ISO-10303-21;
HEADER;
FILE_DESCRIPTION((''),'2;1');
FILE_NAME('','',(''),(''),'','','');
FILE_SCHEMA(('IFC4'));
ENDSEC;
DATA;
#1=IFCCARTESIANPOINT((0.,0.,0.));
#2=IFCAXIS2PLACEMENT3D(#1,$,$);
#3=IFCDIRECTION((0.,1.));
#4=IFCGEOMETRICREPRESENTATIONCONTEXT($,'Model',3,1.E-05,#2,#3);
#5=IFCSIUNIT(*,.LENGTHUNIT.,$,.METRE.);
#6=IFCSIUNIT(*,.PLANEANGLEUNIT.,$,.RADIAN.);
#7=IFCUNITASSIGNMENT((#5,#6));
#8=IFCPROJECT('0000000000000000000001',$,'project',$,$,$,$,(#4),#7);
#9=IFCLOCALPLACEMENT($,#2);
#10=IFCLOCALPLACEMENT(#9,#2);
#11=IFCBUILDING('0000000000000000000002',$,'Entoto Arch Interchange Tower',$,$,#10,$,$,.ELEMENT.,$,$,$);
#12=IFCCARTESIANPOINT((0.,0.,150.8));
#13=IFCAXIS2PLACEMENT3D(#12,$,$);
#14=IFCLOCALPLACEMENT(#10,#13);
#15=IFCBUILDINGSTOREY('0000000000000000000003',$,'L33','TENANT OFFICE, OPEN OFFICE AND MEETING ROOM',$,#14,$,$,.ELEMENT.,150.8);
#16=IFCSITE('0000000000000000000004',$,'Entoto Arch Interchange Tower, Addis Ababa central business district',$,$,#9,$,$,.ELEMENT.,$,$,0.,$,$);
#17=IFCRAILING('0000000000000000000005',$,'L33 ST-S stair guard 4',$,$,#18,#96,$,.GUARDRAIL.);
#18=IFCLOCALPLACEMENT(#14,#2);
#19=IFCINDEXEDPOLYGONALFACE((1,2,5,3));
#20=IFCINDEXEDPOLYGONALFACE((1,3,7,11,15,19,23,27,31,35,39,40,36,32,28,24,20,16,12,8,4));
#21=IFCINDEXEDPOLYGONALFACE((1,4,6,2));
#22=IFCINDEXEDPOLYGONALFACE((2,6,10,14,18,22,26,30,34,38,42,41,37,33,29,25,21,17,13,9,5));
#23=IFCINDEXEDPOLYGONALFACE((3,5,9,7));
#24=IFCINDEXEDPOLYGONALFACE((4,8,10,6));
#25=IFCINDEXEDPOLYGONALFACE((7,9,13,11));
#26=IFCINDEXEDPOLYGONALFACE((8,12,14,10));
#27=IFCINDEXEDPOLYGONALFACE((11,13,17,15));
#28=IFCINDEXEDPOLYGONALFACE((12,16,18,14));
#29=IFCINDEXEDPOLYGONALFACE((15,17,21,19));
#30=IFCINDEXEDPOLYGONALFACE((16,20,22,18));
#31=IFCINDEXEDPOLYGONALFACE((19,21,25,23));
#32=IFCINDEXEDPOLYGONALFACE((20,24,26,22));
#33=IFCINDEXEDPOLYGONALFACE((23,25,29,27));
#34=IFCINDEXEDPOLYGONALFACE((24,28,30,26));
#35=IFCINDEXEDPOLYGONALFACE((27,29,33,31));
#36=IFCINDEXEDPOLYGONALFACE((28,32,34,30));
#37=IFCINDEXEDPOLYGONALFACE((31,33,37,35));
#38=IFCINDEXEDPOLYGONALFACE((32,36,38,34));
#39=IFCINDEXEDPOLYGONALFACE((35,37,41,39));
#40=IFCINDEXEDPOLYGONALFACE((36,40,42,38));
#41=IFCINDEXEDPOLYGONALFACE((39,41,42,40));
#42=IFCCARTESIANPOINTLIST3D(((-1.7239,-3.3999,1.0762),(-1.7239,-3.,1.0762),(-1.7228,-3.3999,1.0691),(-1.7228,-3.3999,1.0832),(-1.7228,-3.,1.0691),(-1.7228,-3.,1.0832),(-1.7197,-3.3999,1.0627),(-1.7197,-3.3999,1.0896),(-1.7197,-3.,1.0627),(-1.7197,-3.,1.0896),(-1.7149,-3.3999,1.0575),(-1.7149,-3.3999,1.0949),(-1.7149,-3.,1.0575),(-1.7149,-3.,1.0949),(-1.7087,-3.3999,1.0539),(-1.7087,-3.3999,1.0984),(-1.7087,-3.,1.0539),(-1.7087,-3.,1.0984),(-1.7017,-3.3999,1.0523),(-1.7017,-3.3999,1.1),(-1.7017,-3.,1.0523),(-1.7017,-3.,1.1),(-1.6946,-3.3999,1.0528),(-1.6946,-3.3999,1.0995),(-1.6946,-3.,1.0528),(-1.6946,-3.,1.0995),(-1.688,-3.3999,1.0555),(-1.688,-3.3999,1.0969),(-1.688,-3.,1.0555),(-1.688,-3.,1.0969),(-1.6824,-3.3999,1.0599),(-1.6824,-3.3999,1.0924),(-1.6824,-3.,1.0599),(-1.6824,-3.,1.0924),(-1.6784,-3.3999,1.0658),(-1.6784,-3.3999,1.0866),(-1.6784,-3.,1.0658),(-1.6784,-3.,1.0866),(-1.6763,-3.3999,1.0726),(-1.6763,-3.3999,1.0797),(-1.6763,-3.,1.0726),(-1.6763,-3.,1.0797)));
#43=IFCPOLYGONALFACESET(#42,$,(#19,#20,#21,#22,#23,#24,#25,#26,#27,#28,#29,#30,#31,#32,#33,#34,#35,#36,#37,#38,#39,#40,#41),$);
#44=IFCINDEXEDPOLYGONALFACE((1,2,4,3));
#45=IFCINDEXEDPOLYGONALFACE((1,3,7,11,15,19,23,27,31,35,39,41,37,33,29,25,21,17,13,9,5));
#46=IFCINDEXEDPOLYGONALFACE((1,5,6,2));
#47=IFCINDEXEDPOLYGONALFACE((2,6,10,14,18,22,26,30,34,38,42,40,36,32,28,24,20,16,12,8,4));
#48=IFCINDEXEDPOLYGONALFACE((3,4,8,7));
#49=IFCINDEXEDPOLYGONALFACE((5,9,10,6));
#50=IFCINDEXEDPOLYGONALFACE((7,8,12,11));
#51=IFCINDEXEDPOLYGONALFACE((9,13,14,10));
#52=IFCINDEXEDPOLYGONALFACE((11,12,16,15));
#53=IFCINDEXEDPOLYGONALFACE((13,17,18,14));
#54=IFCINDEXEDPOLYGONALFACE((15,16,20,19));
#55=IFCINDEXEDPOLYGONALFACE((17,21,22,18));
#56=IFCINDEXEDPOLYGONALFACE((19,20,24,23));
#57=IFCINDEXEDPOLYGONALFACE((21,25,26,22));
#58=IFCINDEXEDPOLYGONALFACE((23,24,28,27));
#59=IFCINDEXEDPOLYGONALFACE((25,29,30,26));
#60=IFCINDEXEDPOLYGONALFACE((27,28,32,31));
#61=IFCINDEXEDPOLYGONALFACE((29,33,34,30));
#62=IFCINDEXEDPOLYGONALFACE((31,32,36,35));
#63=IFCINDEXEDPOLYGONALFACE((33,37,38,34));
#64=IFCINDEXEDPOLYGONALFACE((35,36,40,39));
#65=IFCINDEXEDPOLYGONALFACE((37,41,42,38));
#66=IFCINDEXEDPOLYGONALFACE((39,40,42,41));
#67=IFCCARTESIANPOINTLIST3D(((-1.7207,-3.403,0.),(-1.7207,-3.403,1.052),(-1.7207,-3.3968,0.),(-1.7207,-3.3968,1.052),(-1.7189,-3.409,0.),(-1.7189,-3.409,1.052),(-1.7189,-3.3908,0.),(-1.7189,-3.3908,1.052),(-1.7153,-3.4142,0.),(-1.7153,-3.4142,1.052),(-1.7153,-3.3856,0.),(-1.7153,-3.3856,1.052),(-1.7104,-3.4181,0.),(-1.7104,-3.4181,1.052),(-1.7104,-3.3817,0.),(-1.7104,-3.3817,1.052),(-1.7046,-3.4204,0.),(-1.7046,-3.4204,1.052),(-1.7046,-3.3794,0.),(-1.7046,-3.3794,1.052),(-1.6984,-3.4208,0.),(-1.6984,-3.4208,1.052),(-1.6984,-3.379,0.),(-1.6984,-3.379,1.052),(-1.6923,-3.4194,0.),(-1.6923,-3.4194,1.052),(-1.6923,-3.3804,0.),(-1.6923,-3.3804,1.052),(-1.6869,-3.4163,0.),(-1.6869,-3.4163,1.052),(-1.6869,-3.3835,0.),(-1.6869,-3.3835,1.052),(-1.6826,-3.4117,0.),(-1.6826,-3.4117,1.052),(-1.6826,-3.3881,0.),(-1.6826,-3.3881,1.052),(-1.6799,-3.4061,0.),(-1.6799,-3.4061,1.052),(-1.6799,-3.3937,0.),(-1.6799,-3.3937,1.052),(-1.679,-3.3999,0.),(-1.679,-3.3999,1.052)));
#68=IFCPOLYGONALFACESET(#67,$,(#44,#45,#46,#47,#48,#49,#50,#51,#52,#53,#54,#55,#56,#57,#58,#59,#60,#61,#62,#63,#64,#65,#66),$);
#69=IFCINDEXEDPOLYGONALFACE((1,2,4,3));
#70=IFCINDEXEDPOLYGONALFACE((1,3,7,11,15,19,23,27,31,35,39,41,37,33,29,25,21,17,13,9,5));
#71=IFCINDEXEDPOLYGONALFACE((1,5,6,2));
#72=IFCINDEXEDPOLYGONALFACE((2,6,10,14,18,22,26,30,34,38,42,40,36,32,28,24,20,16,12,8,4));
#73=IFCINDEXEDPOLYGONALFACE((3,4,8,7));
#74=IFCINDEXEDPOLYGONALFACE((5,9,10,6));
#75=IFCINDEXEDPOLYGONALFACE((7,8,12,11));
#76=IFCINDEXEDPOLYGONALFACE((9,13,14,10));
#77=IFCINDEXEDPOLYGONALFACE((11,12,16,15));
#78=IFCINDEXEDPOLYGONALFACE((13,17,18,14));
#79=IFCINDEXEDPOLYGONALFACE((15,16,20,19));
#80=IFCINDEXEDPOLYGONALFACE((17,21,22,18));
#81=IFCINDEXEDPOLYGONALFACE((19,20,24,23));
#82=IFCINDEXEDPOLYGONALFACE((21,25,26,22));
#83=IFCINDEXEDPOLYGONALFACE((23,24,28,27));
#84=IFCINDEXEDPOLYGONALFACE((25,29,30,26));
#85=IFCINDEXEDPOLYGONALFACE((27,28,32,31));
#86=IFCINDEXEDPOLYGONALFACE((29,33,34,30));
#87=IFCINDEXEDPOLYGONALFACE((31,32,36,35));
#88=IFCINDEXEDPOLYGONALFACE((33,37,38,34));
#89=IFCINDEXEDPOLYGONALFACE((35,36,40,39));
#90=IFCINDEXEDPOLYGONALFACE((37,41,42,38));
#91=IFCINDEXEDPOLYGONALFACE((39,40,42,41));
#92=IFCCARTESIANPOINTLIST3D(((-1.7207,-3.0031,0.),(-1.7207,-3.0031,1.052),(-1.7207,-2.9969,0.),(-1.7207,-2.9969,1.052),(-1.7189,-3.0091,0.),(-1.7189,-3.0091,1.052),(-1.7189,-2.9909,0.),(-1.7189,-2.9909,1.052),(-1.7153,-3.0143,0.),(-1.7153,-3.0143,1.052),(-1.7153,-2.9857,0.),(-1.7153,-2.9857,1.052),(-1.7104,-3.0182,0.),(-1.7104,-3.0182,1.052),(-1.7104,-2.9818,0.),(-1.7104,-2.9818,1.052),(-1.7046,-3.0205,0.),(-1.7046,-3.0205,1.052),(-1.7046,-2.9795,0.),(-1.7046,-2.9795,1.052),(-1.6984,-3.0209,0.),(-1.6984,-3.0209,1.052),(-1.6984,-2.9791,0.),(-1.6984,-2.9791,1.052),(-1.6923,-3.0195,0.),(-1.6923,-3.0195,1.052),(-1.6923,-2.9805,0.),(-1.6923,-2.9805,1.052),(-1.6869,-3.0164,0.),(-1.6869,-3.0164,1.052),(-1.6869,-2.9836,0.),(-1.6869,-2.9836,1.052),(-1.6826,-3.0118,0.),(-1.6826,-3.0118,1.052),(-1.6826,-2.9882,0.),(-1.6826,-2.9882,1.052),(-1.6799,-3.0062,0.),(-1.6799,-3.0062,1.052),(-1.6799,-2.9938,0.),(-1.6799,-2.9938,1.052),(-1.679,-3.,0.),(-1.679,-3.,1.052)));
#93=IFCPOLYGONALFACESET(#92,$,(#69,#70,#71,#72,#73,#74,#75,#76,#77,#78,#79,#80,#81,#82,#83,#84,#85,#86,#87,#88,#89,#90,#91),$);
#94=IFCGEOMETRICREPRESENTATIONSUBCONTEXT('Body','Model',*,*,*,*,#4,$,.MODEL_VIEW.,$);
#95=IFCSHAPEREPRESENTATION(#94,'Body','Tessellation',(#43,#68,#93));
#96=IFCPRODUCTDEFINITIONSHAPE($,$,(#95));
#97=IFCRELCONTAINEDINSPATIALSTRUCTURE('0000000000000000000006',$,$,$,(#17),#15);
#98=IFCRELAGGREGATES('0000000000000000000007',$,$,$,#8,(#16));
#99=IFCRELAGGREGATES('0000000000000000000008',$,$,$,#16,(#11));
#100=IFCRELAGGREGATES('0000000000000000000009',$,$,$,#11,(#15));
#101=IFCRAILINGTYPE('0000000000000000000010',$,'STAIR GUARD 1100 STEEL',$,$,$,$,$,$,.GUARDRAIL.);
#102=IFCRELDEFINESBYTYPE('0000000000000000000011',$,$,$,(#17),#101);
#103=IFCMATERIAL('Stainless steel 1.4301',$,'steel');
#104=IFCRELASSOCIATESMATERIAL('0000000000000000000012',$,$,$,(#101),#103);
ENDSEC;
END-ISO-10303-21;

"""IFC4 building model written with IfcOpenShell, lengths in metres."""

from ifc_helpers import new_model, si_unit, direction, frame, origin, origin_2d, place, context, subcontext, project, spatial, circle, extrude, material, type_object, element, save


model = new_model("IFC4")

# Units and contexts
model_context = context("Model", 3, precision=1e-05, world=origin(), true_north=direction((0.0, 1.0)))
body_context = subcontext(model_context, "Body", "Model", "MODEL_VIEW")
ifc_project = project(units=[si_unit("LENGTHUNIT", "METRE"), si_unit("PLANEANGLEUNIT", "RADIAN")], contexts=[model_context])

# Site, building, storey
site_placement = place(None, origin())
site = spatial("IfcSite", under=ifc_project, at=site_placement, Name="Entoto Arch Interchange Tower, Addis Ababa central business district", CompositionType="ELEMENT", RefElevation=0.0)
building_placement = place(site_placement, origin())
building = spatial("IfcBuilding", under=site, at=building_placement, Name="Entoto Arch Interchange Tower", CompositionType="ELEMENT")
storey_placement = place(building_placement, frame((0.0, 0.0, 150.8)))
storey = spatial("IfcBuildingStorey", under=building, at=storey_placement, Name="L33", Description="TENANT OFFICE, OPEN OFFICE AND MEETING ROOM", CompositionType="ELEMENT", Elevation=150.8)

# Railing
ifc_material_1 = material(Name="Stainless steel 1.4301", Category="steel")
railing_type = type_object("IfcRailingType", Name="STAIR GUARD 1100 STEEL", PredefinedType="GUARDRAIL", material=ifc_material_1)
railing_1_placement = place(storey_placement, frame((-1.7, -3.3999, 0.0)))
element("IfcRailing", 1, at=railing_1_placement, inside=storey, type_object=railing_type, Name="L33 ST-S stair guard 4", PredefinedType="GUARDRAIL", context=body_context, shape_type="SweptSolid", body=[
    extrude(circle(Radius=0.0239, at=origin_2d()), frame((0.0, 0.0, 1.0762), z_axis=(0.0, 1.0, 0.0), x_axis=(-1.0, 0.0, 0.0)), (0.0, 0.0, 1.0), 0.3999),
    extrude(circle(Radius=0.021, at=origin_2d()), origin(), (0.0, 0.0, 1.0), 1.052),
    extrude(circle(Radius=0.021, at=origin_2d()), frame((0.0, 0.3999, 0.0)), (0.0, 0.0, 1.0), 1.052),
])

save(model, "model.ifc")
